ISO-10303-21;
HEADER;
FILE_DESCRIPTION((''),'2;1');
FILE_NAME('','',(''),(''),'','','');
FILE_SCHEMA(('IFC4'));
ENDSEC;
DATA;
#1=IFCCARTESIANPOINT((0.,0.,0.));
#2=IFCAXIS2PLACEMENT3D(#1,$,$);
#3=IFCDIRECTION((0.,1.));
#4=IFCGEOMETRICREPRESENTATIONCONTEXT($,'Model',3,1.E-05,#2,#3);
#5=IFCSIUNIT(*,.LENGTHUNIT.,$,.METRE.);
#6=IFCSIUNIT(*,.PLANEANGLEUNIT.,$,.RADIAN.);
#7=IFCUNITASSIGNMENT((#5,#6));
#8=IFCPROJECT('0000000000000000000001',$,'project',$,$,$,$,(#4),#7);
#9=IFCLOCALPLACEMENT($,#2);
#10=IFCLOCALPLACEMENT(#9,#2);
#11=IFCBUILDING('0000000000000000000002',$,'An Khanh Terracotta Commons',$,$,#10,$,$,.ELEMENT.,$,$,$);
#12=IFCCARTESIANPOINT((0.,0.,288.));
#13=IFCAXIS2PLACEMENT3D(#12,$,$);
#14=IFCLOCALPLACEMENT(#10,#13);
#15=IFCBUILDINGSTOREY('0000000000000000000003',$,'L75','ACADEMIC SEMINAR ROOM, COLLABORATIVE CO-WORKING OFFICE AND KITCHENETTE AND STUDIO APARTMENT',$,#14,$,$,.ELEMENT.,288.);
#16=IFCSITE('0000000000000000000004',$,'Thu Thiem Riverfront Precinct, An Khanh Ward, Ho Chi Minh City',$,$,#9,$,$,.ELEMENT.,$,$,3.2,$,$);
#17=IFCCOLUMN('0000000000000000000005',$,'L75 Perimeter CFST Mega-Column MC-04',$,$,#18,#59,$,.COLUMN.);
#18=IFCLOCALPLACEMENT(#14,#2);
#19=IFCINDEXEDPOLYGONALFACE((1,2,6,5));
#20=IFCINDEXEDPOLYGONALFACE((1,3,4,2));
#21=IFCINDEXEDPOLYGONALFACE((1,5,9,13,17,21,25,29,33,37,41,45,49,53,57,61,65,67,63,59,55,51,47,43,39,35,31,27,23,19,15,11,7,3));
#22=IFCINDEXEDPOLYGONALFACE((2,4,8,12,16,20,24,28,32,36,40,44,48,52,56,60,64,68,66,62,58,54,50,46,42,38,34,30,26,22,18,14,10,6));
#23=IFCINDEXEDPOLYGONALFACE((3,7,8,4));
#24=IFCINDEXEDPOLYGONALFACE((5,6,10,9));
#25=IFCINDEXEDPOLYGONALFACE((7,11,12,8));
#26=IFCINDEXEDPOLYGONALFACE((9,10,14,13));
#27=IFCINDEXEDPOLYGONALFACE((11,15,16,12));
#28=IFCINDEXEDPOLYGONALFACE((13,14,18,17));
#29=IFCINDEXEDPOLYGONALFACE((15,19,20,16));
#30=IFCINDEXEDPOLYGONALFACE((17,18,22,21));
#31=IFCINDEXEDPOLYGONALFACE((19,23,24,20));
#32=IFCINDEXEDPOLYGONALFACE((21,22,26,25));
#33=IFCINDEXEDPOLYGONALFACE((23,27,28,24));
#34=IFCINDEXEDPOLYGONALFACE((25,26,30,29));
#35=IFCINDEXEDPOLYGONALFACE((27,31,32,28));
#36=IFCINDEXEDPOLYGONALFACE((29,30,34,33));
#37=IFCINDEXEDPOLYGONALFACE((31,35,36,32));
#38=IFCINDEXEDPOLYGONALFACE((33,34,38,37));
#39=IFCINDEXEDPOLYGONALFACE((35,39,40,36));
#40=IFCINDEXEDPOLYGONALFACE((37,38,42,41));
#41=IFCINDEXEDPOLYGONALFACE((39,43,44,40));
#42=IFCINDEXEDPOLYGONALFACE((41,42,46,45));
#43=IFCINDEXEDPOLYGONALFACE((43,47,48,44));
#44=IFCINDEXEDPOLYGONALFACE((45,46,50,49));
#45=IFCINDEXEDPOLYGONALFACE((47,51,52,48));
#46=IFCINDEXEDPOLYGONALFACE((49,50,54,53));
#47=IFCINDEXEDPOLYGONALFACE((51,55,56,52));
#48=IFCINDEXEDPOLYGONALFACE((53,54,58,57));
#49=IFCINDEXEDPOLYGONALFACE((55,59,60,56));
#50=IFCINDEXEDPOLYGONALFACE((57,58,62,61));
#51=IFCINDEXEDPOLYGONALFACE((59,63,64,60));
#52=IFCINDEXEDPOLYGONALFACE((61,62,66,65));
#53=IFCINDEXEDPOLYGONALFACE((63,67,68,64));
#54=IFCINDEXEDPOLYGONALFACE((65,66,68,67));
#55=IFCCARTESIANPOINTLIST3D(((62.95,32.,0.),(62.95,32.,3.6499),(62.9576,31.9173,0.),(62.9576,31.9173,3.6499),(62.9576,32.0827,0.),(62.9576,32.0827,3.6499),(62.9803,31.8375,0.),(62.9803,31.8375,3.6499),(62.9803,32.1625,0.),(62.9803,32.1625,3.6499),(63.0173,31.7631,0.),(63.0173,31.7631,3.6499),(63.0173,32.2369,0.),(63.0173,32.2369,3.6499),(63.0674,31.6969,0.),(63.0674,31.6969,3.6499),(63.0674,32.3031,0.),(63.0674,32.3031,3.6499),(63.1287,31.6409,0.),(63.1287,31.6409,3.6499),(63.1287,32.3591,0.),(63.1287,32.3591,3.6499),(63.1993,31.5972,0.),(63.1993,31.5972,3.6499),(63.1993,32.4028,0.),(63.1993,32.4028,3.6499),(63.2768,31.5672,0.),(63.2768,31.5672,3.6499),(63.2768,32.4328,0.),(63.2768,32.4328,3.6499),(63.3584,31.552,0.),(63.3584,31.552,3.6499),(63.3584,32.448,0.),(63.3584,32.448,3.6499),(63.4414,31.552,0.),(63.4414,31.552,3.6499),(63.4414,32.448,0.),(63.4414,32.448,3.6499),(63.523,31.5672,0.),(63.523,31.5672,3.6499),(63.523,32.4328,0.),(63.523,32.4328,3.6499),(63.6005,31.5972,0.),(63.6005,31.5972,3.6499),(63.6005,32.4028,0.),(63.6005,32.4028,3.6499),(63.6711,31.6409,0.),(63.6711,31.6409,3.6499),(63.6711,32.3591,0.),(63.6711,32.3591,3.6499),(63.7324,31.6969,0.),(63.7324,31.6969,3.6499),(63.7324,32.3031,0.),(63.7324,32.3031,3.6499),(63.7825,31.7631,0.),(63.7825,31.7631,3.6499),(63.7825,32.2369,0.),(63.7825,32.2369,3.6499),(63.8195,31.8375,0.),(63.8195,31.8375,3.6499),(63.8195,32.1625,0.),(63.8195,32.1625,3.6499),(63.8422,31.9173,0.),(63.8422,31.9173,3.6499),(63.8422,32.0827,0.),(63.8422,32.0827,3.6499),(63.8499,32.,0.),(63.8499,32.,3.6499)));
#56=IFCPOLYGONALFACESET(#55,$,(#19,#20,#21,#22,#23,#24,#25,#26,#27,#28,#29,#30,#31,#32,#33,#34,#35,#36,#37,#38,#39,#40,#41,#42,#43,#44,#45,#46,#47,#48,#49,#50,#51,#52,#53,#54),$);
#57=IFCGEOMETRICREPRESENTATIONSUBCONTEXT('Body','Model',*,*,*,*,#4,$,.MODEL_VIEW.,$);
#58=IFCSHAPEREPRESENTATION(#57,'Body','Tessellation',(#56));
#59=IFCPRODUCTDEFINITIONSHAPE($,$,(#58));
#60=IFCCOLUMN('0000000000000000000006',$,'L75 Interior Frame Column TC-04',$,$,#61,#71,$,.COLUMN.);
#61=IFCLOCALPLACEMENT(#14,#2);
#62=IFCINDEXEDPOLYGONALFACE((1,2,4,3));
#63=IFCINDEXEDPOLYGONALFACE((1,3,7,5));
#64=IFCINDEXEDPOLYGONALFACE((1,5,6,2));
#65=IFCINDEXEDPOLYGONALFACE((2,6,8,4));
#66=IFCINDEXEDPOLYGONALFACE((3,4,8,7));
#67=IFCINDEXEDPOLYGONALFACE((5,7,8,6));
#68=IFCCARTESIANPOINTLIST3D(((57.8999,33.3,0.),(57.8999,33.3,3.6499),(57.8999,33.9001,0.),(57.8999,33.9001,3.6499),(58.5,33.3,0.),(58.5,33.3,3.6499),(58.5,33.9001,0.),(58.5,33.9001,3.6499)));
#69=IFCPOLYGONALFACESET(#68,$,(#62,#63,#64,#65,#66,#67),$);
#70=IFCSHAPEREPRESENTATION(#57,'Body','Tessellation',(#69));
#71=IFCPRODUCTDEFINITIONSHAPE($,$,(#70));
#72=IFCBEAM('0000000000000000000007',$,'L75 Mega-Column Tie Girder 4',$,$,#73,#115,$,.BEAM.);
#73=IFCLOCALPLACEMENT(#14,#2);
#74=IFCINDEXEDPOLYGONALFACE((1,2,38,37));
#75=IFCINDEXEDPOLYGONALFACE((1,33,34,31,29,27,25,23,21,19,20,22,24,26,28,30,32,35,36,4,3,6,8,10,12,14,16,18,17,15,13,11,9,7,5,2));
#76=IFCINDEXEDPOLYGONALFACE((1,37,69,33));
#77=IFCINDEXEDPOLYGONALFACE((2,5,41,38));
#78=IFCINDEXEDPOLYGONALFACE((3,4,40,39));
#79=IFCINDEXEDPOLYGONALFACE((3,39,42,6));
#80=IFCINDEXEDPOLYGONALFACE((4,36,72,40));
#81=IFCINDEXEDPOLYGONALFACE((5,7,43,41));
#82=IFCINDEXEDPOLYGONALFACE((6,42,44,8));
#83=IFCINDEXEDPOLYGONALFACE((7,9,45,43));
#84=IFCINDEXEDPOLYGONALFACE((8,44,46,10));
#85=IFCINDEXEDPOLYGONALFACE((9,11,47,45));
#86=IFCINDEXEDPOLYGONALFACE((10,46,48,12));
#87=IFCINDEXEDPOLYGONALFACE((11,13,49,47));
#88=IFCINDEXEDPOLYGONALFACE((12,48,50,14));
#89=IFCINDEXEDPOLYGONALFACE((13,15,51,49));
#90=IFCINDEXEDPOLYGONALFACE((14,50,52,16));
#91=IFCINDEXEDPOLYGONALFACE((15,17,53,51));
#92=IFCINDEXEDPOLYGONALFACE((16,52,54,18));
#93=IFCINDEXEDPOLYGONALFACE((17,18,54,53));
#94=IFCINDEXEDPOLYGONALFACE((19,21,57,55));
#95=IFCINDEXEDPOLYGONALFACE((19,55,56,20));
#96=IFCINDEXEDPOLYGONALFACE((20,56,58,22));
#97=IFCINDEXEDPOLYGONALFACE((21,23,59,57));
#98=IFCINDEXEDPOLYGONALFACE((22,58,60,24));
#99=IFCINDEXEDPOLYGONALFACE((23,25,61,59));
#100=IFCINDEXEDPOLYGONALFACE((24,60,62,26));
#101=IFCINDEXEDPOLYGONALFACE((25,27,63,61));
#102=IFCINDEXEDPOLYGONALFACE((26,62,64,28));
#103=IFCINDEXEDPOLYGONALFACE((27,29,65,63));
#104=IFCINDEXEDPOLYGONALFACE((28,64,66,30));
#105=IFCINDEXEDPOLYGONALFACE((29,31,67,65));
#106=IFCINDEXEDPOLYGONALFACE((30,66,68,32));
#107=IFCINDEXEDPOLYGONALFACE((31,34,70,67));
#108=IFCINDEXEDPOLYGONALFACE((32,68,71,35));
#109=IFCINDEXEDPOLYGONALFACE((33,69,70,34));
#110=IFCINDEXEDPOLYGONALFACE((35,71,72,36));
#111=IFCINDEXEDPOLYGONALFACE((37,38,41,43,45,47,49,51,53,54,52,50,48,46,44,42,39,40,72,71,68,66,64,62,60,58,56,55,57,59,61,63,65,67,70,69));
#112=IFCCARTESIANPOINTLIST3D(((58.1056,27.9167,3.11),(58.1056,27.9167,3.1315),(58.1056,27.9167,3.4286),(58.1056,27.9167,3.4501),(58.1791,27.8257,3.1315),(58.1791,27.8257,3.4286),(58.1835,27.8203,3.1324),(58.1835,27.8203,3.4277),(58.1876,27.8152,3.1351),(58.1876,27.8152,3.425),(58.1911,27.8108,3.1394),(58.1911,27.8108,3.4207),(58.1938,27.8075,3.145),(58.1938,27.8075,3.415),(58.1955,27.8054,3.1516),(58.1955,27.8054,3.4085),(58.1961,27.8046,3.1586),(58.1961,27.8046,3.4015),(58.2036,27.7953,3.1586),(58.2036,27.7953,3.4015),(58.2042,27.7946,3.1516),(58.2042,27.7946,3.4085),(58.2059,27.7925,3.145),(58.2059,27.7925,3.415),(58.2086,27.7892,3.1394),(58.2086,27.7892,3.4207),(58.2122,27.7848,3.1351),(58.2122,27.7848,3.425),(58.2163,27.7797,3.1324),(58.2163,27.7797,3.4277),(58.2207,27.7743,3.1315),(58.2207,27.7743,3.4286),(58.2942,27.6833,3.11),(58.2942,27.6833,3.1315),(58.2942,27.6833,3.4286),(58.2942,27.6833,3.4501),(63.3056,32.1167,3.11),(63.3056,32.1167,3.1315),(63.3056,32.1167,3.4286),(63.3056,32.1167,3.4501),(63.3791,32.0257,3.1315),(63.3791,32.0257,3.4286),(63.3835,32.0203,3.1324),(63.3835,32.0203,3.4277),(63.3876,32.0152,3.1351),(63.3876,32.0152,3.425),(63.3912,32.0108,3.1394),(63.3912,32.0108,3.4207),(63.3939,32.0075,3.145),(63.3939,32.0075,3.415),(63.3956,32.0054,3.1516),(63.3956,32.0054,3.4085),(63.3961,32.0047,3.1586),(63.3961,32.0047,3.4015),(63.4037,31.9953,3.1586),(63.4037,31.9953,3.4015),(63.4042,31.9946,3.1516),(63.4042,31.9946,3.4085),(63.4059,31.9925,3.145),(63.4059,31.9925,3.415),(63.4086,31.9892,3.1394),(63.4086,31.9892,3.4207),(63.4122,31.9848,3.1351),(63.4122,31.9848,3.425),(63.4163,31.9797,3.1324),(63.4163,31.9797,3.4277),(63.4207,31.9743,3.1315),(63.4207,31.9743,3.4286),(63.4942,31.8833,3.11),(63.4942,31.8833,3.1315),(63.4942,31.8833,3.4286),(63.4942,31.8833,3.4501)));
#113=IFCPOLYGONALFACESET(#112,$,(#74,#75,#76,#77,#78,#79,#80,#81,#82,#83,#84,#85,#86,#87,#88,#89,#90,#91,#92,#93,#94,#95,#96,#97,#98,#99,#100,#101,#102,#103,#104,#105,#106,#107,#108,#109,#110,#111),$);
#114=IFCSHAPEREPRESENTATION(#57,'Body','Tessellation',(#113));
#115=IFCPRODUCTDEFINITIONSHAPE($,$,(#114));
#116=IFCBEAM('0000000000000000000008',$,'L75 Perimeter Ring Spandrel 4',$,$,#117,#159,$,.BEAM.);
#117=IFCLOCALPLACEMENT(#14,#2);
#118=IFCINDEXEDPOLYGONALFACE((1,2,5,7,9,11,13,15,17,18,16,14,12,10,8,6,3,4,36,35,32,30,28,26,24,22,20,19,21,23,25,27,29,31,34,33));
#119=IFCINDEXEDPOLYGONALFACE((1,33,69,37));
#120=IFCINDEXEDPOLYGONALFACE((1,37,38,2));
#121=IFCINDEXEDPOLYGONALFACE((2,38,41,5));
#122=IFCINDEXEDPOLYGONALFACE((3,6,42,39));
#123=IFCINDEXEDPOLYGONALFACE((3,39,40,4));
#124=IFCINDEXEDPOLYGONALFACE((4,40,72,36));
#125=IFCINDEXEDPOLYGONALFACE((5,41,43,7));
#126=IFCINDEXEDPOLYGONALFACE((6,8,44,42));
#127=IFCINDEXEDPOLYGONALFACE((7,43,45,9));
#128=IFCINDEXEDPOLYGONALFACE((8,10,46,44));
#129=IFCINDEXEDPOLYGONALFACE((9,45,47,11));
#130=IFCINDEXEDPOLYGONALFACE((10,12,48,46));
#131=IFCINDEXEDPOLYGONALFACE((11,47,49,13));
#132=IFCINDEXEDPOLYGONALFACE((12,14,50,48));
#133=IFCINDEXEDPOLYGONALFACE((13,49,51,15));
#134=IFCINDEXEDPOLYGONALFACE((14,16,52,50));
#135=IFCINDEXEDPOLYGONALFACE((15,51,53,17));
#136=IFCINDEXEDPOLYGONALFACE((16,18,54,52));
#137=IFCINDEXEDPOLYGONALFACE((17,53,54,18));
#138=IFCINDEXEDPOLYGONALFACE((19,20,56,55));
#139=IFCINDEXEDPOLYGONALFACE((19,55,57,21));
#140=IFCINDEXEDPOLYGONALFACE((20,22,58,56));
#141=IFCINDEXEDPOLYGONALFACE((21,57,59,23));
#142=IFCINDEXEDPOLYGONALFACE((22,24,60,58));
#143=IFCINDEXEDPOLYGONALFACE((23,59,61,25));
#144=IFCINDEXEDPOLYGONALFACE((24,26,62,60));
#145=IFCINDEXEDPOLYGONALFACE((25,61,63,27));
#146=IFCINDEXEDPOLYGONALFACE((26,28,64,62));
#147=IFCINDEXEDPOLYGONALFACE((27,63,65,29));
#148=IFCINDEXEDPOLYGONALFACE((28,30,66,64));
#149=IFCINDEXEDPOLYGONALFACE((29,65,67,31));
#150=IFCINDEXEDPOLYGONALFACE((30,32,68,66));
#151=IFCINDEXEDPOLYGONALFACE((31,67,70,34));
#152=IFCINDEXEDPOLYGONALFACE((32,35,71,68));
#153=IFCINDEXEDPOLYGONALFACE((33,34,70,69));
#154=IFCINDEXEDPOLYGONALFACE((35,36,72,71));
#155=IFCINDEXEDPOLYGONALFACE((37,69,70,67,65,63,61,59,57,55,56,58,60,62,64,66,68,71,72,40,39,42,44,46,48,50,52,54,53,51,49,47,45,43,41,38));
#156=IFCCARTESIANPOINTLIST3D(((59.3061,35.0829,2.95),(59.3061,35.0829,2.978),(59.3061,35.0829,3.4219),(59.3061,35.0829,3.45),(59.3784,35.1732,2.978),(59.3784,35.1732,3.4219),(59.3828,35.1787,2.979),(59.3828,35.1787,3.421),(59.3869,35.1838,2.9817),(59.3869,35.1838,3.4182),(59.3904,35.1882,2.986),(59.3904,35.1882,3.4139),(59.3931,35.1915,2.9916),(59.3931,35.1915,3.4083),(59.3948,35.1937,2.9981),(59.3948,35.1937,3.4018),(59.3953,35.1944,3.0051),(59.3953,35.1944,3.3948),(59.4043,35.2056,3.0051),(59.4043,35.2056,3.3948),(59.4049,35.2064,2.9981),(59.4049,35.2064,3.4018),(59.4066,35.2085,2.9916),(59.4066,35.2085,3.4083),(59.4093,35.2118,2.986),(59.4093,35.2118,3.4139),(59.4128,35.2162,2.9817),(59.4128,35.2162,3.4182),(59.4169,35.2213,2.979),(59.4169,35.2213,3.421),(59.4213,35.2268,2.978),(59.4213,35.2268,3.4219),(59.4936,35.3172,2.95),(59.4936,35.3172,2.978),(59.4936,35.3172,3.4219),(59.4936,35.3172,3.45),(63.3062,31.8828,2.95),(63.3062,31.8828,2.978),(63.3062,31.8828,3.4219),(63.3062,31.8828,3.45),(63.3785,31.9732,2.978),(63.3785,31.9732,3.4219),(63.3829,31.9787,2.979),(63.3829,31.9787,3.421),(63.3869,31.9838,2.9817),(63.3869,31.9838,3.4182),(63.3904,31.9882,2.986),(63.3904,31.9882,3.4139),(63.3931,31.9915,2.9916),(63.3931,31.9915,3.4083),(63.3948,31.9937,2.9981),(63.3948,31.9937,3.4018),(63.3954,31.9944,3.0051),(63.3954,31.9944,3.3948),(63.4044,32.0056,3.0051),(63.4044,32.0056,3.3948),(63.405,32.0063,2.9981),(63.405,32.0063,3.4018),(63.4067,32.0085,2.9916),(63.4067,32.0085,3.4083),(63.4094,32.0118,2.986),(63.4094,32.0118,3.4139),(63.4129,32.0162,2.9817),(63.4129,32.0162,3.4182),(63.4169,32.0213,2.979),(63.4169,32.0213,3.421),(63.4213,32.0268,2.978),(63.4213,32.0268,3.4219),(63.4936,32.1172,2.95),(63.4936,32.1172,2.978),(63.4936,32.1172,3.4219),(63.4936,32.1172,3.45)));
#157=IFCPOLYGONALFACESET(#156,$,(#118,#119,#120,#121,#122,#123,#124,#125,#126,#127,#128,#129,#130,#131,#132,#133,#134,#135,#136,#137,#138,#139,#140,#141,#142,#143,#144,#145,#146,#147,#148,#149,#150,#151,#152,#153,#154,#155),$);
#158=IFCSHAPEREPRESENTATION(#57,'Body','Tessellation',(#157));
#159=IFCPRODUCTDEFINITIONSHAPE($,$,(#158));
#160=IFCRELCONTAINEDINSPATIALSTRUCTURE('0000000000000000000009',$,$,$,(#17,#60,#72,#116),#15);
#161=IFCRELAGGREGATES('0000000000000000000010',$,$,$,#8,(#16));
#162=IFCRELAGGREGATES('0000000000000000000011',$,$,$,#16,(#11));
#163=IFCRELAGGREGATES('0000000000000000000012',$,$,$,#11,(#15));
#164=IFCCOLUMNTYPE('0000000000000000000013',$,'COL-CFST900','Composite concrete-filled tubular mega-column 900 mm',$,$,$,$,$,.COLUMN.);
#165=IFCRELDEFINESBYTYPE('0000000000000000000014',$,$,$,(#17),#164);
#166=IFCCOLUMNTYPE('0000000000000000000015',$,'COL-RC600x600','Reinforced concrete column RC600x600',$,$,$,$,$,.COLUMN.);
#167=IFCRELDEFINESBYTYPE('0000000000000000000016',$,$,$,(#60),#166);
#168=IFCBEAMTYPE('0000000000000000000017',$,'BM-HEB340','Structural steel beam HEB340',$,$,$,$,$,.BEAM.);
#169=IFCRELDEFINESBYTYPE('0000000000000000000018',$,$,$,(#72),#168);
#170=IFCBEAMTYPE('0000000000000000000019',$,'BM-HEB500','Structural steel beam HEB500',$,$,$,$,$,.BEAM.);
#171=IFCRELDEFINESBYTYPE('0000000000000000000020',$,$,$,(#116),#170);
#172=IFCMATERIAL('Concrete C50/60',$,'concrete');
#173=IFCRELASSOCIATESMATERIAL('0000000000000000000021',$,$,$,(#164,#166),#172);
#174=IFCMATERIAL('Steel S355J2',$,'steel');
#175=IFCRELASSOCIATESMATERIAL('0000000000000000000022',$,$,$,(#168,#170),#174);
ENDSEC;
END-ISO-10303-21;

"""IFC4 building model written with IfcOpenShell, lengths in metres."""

from ifc_helpers import new_model, si_unit, direction, frame, origin, origin_2d, place, context, subcontext, project, spatial, rectangle, circle, i_section, extrude, material, material_profile, profile_set, type_object, element, save


model = new_model("IFC4")

# Units and contexts
model_context = context("Model", 3, precision=1e-05, world=origin(), true_north=direction((0.0, 1.0)))
body_context = subcontext(model_context, "Body", "Model", "MODEL_VIEW")
ifc_project = project(units=[si_unit("LENGTHUNIT", "METRE"), si_unit("PLANEANGLEUNIT", "RADIAN")], contexts=[model_context])

# Site, building, storey
site_placement = place(None, origin())
site = spatial("IfcSite", under=ifc_project, at=site_placement, Name="Thu Thiem Riverfront Precinct, An Khanh Ward, Ho Chi Minh City", CompositionType="ELEMENT", RefElevation=3.2)
building_placement = place(site_placement, origin())
building = spatial("IfcBuilding", under=site, at=building_placement, Name="An Khanh Terracotta Commons", CompositionType="ELEMENT")
storey_placement = place(building_placement, frame((0.0, 0.0, 288.0)))
storey = spatial("IfcBuildingStorey", under=building, at=storey_placement, Name="L75", Description="ACADEMIC SEMINAR ROOM, COLLABORATIVE CO-WORKING OFFICE AND KITCHENETTE AND STUDIO APARTMENT", CompositionType="ELEMENT", Elevation=288.0)

# Columns
ifc_material_1 = material(Name="Concrete C50/60", Category="concrete")
ifc_material_profile_1 = material_profile(ifc_material_1, circle(Radius=0.45, at=origin_2d()), Name="CFST900")
ifc_profile_set_1 = profile_set([ifc_material_profile_1], Name="Concrete C50/60")
column_type_1 = type_object("IfcColumnType", Name="COL-CFST900", Description="Composite concrete-filled tubular mega-column 900 mm", PredefinedType="COLUMN", material=ifc_profile_set_1)
column_1_placement = place(storey_placement, frame((63.3999, 32.0, 0.0), z_axis=(0.0, 0.0, 1.0), x_axis=(1.0, 0.0, 0.0)))
element("IfcColumn", 1, at=column_1_placement, inside=storey, type_object=column_type_1, Name="L75 Perimeter CFST Mega-Column MC-04", PredefinedType="COLUMN", context=body_context, shape_type="SweptSolid", body=[
    extrude(circle(Radius=0.45, at=origin_2d()), origin(), (0.0, 0.0, 1.0), 3.6499),
])
ifc_material_profile_2 = material_profile(ifc_material_1, rectangle(XDim=0.6001, YDim=0.6001, at=origin_2d()), Name="RC600x600")
ifc_profile_set_2 = profile_set([ifc_material_profile_2], Name="Concrete C50/60")
column_type_2 = type_object("IfcColumnType", Name="COL-RC600x600", Description="Reinforced concrete column RC600x600", PredefinedType="COLUMN", material=ifc_profile_set_2)
column_2_placement = place(storey_placement, frame((58.2, 33.6001, 0.0), z_axis=(0.0, 0.0, 1.0), x_axis=(1.0, 0.0, 0.0)))
element("IfcColumn", 2, at=column_2_placement, inside=storey, type_object=column_type_2, Name="L75 Interior Frame Column TC-04", PredefinedType="COLUMN", context=body_context, shape_type="SweptSolid", body=[
    extrude(rectangle(XDim=0.6001, YDim=0.6001, at=origin_2d()), origin(), (0.0, 0.0, 1.0), 3.6499),
])

# Beams
ifc_material_2 = material(Name="Steel S355J2", Category="steel")
ifc_material_profile_3 = material_profile(ifc_material_2, i_section(OverallWidth=0.3, OverallDepth=0.3401, WebThickness=0.012, FlangeThickness=0.0215, FilletRadius=0.0271, at=origin_2d()), Name="HEB340")
ifc_profile_set_3 = profile_set([ifc_material_profile_3], Name="Steel S355J2")
beam_type_1 = type_object("IfcBeamType", Name="BM-HEB340", Description="Structural steel beam HEB340", PredefinedType="BEAM", material=ifc_profile_set_3)
beam_1_placement = place(storey_placement, frame((63.3999, 32.0, 3.28), z_axis=(-0.777942, -0.628336, 0.0), x_axis=(0.628336, -0.777942, 0.0)))
element("IfcBeam", 3, at=beam_1_placement, inside=storey, type_object=beam_type_1, Name="L75 Mega-Column Tie Girder 4", PredefinedType="BEAM", context=body_context, shape_type="SweptSolid", body=[
    extrude(i_section(OverallWidth=0.3, OverallDepth=0.3401, WebThickness=0.012, FlangeThickness=0.0215, FilletRadius=0.0271, at=origin_2d()), origin(), (0.0, 0.0, 1.0), 6.6843),
])
ifc_material_profile_4 = material_profile(ifc_material_2, i_section(OverallWidth=0.3, OverallDepth=0.5, WebThickness=0.0144, FlangeThickness=0.0281, FilletRadius=0.0271, at=origin_2d()), Name="HEB500")
ifc_profile_set_4 = profile_set([ifc_material_profile_4], Name="Steel S355J2")
beam_type_2 = type_object("IfcBeamType", Name="BM-HEB500", Description="Structural steel beam HEB500", PredefinedType="BEAM", material=ifc_profile_set_4)
beam_2_placement = place(storey_placement, frame((63.3999, 32.0, 3.2), z_axis=(-0.780873, 0.624689, 0.0), x_axis=(-0.624689, -0.780873, 0.0)))
element("IfcBeam", 4, at=beam_2_placement, inside=storey, type_object=beam_type_2, Name="L75 Perimeter Ring Spandrel 4", PredefinedType="BEAM", context=body_context, shape_type="SweptSolid", body=[
    extrude(i_section(OverallWidth=0.3, OverallDepth=0.5, WebThickness=0.0144, FlangeThickness=0.0281, FilletRadius=0.0271, at=origin_2d()), origin(), (0.0, 0.0, 1.0), 5.1226),
])

save(model, "model.ifc")
